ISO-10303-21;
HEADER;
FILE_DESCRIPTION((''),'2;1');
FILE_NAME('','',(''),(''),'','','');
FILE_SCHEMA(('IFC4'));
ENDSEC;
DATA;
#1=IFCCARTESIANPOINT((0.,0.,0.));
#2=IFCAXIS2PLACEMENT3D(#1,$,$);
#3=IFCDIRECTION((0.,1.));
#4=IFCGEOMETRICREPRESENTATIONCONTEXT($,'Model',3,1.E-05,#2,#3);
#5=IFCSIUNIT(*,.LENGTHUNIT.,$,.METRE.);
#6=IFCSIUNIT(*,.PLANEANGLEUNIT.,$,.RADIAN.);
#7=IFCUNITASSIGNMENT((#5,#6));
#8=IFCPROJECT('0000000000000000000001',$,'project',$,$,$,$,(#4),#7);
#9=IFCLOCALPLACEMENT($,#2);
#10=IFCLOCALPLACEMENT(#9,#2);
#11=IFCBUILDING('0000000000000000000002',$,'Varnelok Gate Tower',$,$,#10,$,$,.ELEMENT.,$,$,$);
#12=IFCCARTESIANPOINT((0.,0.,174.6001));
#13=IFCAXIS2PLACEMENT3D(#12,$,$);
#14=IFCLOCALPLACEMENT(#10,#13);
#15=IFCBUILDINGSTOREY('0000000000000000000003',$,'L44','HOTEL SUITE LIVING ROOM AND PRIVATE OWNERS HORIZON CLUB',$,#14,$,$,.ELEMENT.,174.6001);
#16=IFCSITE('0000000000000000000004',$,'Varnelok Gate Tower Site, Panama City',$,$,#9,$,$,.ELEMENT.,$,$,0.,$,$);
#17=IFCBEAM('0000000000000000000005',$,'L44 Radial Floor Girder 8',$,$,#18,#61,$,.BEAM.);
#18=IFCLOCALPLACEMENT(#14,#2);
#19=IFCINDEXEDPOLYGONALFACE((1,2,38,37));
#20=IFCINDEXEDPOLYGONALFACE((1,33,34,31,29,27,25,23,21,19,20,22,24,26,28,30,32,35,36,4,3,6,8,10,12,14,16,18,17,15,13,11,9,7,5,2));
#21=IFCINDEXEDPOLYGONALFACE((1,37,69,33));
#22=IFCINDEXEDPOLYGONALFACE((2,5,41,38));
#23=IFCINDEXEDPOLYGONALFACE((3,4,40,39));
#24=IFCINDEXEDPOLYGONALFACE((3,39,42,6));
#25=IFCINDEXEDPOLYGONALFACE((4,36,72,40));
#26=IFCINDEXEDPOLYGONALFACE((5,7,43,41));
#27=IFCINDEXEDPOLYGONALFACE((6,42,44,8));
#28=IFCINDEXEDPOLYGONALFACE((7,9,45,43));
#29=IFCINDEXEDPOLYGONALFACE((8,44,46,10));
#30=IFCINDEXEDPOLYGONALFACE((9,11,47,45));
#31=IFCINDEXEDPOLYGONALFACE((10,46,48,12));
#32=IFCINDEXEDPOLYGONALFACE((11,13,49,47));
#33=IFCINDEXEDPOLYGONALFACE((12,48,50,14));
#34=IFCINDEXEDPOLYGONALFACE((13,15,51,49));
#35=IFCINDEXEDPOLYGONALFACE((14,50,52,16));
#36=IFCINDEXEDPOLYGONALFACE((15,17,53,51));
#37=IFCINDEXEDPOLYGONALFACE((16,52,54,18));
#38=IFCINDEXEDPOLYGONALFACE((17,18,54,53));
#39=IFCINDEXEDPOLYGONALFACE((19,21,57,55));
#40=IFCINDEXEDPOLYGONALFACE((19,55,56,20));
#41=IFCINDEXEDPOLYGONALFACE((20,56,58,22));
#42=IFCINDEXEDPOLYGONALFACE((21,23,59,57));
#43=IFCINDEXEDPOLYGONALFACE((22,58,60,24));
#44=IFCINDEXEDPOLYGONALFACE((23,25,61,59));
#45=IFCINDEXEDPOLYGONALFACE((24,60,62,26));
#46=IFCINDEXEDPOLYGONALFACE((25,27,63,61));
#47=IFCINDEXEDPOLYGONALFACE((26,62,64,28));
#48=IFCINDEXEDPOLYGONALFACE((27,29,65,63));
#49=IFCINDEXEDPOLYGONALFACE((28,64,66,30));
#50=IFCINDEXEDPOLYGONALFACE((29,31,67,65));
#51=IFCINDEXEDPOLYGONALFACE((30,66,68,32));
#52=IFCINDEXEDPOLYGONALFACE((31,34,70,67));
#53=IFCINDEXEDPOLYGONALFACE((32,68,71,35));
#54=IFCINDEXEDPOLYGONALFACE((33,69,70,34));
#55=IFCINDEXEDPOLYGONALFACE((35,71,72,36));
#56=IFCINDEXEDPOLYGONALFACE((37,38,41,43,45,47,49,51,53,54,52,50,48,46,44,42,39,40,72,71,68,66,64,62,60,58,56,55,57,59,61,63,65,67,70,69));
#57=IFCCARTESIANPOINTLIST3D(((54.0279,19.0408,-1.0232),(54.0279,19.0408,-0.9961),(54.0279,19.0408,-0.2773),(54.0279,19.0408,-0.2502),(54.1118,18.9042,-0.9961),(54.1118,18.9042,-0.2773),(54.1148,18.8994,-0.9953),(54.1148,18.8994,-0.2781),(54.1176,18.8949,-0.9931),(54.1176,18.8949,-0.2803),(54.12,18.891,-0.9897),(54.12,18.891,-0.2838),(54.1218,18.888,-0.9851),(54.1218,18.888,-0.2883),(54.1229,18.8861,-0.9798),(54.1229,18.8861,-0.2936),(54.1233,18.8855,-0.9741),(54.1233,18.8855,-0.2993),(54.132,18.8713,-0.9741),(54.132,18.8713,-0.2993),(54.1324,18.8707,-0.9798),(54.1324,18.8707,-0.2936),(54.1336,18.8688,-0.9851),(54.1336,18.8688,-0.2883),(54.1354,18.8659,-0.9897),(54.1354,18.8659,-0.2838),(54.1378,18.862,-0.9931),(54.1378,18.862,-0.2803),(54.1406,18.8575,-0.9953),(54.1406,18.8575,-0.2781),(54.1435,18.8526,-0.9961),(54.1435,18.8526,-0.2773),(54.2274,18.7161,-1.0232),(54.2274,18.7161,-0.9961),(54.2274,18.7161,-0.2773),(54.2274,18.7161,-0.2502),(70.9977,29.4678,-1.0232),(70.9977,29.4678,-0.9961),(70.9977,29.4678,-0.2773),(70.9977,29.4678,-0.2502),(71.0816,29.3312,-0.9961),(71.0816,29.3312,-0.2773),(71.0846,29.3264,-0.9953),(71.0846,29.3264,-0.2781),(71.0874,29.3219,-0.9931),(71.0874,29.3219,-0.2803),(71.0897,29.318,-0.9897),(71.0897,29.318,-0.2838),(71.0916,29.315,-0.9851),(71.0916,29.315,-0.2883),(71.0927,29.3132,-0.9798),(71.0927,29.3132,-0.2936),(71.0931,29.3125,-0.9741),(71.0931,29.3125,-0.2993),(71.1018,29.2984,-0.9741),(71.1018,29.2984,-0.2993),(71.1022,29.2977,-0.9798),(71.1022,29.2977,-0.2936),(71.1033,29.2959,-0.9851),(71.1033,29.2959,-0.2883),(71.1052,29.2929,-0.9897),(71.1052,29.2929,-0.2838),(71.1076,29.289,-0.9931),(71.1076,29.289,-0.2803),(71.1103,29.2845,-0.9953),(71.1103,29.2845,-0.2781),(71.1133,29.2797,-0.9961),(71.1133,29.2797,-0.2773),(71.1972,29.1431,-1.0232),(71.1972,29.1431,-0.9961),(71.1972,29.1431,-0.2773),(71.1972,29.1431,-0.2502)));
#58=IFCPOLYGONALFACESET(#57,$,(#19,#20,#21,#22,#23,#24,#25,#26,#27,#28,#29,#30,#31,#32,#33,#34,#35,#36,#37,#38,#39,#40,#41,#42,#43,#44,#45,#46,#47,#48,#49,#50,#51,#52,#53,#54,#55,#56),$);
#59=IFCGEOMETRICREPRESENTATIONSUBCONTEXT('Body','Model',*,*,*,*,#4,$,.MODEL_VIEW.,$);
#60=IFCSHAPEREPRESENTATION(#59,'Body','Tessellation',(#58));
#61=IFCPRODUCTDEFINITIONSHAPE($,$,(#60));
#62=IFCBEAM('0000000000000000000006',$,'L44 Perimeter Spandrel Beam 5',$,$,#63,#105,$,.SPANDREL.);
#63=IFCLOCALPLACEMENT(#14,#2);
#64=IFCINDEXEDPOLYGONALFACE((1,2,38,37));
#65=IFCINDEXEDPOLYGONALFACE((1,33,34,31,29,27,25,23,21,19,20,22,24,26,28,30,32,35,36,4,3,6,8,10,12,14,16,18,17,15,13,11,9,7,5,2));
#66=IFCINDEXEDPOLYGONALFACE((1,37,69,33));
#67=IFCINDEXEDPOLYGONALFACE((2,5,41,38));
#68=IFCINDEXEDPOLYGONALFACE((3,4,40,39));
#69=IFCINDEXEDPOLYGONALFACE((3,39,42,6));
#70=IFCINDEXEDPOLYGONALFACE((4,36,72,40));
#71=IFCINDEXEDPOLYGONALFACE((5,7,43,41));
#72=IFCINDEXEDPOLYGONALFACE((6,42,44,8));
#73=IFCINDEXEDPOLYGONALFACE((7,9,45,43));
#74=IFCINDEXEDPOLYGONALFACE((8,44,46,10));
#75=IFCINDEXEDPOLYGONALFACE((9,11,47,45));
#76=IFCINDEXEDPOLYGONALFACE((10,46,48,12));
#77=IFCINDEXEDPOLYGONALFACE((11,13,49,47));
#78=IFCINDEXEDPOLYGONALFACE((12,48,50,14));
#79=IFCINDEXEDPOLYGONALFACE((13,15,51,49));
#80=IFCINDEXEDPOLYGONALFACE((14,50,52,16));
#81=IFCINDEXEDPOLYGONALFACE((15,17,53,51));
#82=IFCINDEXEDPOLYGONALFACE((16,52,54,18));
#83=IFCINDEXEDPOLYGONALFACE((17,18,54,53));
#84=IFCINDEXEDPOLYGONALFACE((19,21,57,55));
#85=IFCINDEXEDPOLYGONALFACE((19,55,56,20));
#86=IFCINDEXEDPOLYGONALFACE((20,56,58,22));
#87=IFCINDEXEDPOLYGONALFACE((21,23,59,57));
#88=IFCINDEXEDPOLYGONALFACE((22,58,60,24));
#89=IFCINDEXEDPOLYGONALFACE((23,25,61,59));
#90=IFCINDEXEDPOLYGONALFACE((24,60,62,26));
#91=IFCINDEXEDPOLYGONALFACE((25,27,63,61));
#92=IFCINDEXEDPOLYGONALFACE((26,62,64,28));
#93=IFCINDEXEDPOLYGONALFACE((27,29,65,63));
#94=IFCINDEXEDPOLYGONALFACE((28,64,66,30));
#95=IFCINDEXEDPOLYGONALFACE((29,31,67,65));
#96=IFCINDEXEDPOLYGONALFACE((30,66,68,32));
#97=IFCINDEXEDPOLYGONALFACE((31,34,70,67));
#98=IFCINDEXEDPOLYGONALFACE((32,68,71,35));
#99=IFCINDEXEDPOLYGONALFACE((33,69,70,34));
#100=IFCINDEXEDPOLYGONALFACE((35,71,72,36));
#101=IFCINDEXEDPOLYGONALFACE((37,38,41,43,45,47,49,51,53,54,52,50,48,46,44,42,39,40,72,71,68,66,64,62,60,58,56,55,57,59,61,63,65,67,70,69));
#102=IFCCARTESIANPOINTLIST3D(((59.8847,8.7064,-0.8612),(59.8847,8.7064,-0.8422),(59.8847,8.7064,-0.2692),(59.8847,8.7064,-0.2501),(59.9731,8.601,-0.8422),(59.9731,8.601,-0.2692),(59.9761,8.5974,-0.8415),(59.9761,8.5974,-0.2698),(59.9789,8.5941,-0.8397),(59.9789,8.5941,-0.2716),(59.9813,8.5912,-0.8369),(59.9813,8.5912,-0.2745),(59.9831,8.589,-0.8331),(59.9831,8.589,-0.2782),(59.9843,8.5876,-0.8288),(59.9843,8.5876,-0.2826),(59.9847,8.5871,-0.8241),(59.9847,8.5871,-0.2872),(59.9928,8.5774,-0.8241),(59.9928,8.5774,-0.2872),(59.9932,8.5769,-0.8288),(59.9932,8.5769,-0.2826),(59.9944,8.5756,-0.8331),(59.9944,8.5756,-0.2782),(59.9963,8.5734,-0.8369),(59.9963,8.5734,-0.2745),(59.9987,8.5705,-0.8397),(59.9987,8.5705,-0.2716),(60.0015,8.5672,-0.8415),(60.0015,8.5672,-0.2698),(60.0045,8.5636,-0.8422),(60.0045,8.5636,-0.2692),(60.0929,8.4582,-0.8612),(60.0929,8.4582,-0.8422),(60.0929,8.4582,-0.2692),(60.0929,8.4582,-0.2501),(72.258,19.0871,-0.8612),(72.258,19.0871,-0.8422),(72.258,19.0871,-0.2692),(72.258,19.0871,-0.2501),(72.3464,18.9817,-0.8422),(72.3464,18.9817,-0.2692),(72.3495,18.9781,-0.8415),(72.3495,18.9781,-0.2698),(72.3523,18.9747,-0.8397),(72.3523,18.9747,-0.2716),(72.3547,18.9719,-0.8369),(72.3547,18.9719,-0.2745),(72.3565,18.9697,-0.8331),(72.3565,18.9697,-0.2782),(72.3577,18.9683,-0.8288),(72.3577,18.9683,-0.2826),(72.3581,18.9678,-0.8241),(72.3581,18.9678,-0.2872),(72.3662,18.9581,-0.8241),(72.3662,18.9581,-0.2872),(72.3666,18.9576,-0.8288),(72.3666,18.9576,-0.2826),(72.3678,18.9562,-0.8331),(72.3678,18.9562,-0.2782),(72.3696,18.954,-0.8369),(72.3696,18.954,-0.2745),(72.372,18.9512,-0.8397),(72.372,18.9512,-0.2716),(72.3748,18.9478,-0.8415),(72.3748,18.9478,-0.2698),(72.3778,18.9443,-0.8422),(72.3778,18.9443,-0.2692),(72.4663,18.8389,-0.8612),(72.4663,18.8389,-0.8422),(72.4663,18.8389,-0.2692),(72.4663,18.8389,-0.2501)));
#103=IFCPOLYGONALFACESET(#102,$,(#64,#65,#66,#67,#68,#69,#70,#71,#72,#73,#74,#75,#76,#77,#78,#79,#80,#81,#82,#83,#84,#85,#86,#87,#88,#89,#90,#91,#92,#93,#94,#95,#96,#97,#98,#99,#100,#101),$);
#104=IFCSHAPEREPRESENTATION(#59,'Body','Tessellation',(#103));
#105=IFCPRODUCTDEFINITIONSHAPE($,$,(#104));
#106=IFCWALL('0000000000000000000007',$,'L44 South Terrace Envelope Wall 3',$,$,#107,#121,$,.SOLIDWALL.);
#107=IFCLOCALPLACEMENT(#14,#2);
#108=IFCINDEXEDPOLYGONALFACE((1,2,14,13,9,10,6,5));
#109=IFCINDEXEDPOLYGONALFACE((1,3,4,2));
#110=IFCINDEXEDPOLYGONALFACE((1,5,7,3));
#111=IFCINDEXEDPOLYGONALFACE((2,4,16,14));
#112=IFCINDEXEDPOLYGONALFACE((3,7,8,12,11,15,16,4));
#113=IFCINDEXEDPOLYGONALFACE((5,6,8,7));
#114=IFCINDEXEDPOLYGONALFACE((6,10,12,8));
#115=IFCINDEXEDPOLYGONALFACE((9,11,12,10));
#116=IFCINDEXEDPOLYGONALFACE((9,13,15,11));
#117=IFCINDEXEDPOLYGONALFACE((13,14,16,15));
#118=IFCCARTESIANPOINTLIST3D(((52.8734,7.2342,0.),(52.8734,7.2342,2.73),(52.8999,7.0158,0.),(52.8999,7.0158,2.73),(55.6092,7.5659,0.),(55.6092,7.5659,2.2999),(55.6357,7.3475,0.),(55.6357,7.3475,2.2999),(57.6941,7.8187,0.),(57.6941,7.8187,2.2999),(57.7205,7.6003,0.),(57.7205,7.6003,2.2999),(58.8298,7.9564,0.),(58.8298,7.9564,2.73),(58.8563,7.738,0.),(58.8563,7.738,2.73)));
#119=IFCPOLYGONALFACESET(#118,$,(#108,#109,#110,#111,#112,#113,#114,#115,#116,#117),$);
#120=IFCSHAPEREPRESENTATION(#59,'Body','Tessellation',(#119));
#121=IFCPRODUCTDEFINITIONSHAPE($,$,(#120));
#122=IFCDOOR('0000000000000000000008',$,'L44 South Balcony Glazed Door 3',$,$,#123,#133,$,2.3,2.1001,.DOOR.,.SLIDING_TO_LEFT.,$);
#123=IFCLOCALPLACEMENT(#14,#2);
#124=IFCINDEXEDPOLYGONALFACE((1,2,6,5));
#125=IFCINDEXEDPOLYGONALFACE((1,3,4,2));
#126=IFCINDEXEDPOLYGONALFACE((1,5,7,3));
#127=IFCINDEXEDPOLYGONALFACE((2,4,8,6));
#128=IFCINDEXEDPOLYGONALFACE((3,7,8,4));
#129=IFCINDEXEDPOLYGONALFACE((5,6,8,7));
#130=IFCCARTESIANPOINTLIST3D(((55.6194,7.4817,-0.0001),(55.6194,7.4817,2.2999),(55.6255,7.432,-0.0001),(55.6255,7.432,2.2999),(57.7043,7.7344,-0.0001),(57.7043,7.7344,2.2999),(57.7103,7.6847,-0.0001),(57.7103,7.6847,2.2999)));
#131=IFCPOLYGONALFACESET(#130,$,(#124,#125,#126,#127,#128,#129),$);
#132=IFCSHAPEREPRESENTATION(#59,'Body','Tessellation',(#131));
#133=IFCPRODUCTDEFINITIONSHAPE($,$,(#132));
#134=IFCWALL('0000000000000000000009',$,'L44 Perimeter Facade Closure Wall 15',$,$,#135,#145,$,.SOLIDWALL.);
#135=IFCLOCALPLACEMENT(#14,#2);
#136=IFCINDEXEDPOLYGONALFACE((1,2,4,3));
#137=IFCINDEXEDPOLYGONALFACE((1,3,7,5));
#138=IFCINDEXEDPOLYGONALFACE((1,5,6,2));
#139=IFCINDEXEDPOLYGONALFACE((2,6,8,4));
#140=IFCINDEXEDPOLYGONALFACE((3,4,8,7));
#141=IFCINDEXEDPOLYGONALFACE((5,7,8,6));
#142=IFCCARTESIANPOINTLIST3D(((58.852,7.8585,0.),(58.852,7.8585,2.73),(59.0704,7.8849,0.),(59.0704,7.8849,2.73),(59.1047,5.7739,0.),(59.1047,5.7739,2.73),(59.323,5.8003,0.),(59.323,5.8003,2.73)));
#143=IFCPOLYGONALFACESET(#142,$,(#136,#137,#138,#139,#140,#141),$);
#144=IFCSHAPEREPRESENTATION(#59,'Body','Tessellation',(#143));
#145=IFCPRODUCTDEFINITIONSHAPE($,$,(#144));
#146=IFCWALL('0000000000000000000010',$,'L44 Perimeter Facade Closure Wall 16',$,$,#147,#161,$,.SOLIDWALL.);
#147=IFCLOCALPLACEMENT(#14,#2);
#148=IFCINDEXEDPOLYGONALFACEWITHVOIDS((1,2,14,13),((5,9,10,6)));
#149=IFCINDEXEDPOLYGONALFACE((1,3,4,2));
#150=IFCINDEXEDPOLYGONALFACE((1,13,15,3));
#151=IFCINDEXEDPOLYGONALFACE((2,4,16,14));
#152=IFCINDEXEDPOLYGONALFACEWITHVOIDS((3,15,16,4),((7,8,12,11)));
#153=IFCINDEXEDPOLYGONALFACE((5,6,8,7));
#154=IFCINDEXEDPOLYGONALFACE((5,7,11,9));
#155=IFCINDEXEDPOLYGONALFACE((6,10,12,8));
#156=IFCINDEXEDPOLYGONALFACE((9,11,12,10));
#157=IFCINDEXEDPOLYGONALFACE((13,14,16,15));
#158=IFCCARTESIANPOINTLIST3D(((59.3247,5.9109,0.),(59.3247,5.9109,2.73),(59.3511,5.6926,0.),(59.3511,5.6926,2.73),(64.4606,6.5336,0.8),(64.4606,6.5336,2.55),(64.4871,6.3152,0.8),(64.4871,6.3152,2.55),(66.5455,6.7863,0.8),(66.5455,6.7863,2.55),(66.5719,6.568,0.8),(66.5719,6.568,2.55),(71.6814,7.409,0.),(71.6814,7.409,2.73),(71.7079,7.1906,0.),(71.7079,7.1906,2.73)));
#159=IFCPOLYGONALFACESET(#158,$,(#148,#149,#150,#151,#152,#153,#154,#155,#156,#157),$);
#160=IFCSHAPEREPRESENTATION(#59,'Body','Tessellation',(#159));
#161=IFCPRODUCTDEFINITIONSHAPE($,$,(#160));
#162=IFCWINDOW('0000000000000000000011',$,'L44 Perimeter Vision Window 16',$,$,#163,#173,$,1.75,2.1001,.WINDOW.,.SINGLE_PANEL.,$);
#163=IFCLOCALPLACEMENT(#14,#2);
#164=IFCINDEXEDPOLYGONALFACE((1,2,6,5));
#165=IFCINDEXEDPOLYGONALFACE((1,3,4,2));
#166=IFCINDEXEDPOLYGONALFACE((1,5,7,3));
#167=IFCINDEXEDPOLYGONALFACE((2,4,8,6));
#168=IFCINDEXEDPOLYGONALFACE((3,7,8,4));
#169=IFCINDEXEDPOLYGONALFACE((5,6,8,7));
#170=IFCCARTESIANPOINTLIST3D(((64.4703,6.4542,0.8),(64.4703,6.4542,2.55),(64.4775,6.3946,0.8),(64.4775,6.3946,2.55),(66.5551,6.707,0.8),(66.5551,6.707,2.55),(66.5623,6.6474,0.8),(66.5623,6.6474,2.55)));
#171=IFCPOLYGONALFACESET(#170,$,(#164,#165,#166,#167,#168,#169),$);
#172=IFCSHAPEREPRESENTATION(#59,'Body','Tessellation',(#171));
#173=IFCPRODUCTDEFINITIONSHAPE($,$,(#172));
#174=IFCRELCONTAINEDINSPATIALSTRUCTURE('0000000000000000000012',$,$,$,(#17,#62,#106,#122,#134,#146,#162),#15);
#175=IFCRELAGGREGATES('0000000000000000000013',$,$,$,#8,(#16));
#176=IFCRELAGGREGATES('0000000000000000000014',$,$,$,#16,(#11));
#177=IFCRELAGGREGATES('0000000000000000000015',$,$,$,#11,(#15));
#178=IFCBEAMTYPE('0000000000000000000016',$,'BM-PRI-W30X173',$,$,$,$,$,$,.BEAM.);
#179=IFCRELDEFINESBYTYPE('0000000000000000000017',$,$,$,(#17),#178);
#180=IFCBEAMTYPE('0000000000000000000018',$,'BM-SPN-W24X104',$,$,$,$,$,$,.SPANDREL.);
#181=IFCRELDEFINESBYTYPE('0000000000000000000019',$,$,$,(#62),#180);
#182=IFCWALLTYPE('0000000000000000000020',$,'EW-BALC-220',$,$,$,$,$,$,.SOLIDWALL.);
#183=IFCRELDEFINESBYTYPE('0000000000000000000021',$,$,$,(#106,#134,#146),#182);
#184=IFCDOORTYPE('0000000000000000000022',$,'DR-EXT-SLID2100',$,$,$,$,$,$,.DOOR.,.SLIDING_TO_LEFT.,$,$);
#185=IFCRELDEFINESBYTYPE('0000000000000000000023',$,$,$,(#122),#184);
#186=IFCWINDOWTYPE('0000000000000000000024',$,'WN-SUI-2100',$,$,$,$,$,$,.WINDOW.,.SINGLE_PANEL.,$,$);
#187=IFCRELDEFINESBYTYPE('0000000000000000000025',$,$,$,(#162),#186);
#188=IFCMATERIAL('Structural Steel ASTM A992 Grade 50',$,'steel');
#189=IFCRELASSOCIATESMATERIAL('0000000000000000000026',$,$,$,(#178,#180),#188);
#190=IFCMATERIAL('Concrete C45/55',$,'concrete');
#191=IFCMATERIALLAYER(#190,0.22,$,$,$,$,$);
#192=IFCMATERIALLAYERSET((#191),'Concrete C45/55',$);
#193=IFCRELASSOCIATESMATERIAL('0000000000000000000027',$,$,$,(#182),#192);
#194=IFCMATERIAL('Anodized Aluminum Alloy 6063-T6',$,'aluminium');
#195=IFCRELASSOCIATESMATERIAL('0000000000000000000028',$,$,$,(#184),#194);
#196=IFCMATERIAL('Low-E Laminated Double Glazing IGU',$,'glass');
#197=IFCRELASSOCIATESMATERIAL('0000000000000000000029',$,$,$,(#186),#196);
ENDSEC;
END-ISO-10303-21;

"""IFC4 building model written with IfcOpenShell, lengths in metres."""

from ifc_helpers import new_model, si_unit, direction, frame, frame_2d, origin, origin_2d, place, context, subcontext, project, spatial, rectangle, i_section, extrude, material, layer, layer_set, material_profile, profile_set, type_object, element, fill, save


model = new_model("IFC4")

# Units and contexts
model_context = context("Model", 3, precision=1e-05, world=origin(), true_north=direction((0.0, 1.0)))
body_context = subcontext(model_context, "Body", "Model", "MODEL_VIEW")
ifc_project = project(units=[si_unit("LENGTHUNIT", "METRE"), si_unit("PLANEANGLEUNIT", "RADIAN")], contexts=[model_context])

# Site, building, storey
site_placement = place(None, origin())
site = spatial("IfcSite", under=ifc_project, at=site_placement, Name="Varnelok Gate Tower Site, Panama City", CompositionType="ELEMENT", RefElevation=0.0)
building_placement = place(site_placement, origin())
building = spatial("IfcBuilding", under=site, at=building_placement, Name="Varnelok Gate Tower", CompositionType="ELEMENT")
storey_placement = place(building_placement, frame((0.0, 0.0, 174.6001)))
storey = spatial("IfcBuildingStorey", under=building, at=storey_placement, Name="L44", Description="HOTEL SUITE LIVING ROOM AND PRIVATE OWNERS HORIZON CLUB", CompositionType="ELEMENT", Elevation=174.6001)

# Shared definitions
ifc_material_1 = material(Name="Structural Steel ASTM A992 Grade 50", Category="steel")

# Beams
ifc_material_profile_1 = material_profile(ifc_material_1, i_section(OverallWidth=0.3811, OverallDepth=0.7729, WebThickness=0.0166, FlangeThickness=0.0271, FilletRadius=0.022, at=origin_2d()), Name="W30X173")
ifc_profile_set_1 = profile_set([ifc_material_profile_1], Name="Structural Steel ASTM A992 Grade 50")
beam_type_1 = type_object("IfcBeamType", Name="BM-PRI-W30X173", PredefinedType="BEAM", material=ifc_profile_set_1)
beam_1_placement = place(storey_placement, frame((54.1277, 18.8784, -0.6367), z_axis=(0.852015, 0.523518, 0.0), x_axis=(-0.523518, 0.852015, 0.0)))
element("IfcBeam", 1, at=beam_1_placement, inside=storey, type_object=beam_type_1, Name="L44 Radial Floor Girder 8", PredefinedType="BEAM", context=body_context, shape_type="SweptSolid", body=[
    extrude(i_section(OverallWidth=0.3811, OverallDepth=0.7729, WebThickness=0.0166, FlangeThickness=0.0271, FilletRadius=0.022, at=origin_2d()), origin(), (0.0, 0.0, 1.0), 19.9172),
])
ifc_material_profile_2 = material_profile(ifc_material_1, i_section(OverallWidth=0.324, OverallDepth=0.6111, WebThickness=0.0127, FlangeThickness=0.019, FilletRadius=0.0181, at=origin_2d()), Name="W24X104")
ifc_profile_set_2 = profile_set([ifc_material_profile_2], Name="Structural Steel ASTM A992 Grade 50")
beam_type_2 = type_object("IfcBeamType", Name="BM-SPN-W24X104", PredefinedType="SPANDREL", material=ifc_profile_set_2)
beam_2_placement = place(storey_placement, frame((59.9888, 8.5823, -0.5557), z_axis=(0.7661, 0.642722, 0.0), x_axis=(-0.642722, 0.7661, 0.0)))
element("IfcBeam", 2, at=beam_2_placement, inside=storey, type_object=beam_type_2, Name="L44 Perimeter Spandrel Beam 5", PredefinedType="SPANDREL", context=body_context, shape_type="SweptSolid", body=[
    extrude(i_section(OverallWidth=0.324, OverallDepth=0.6111, WebThickness=0.0127, FlangeThickness=0.019, FilletRadius=0.0181, at=origin_2d()), origin(), (0.0, 0.0, 1.0), 16.1511),
])

# Wall, opening, door
ifc_material_2 = material(Name="Concrete C45/55", Category="concrete")
ifc_layer_1 = layer(ifc_material_2, 0.22)
ifc_layer_set_1 = layer_set([ifc_layer_1], Name="Concrete C45/55")
wall_type_1 = type_object("IfcWallType", Name="EW-BALC-220", PredefinedType="SOLIDWALL", material=ifc_layer_set_1)
wall_1_placement = place(storey_placement, frame((58.843, 7.8472, 0.0), z_axis=(0.0, 0.0, 1.0), x_axis=(-0.99273, -0.120363, 0.0)))
wall_1 = element("IfcWall", 3, at=wall_1_placement, inside=storey, type_object=wall_type_1, Name="L44 South Terrace Envelope Wall 3", PredefinedType="SOLIDWALL", context=body_context, shape_type="SweptSolid", body=[
    extrude(rectangle(XDim=6.0, YDim=0.22, at=frame_2d((3.0, 0.0))), origin(), (0.0, 0.0, 1.0), 2.73),
])
opening_1_placement = place(wall_1_placement, frame((1.144, 0.0, 0.0)))
opening_1 = element("IfcOpeningElement", 4, at=opening_1_placement, cuts=wall_1, PredefinedType="OPENING", context=body_context, shape_type="SweptSolid", body=[
    extrude(rectangle(XDim=2.1001, YDim=2.3, at=frame_2d((1.05, 1.1499))), frame((0.0, 0.1199, 0.0), z_axis=(0.0, -1.0, 0.0), x_axis=(1.0, 0.0, 0.0)), (0.0, 0.0, 1.0), 0.24),
])
ifc_material_3 = material(Name="Anodized Aluminum Alloy 6063-T6", Category="aluminium")
door_type_1 = type_object("IfcDoorType", Name="DR-EXT-SLID2100", OperationType="SLIDING_TO_LEFT", PredefinedType="DOOR", material=ifc_material_3)
door_1_placement = place(opening_1_placement, origin())
door_1 = element("IfcDoor", 5, at=door_1_placement, inside=storey, type_object=door_type_1, Name="L44 South Balcony Glazed Door 3", OperationType="SLIDING_TO_LEFT", OverallHeight=2.3, OverallWidth=2.1001, PredefinedType="DOOR", context=body_context, shape_type="SweptSolid", body=[
    extrude(rectangle(XDim=2.1001, YDim=2.3, at=frame_2d((1.05, 1.1499))), frame((0.0, 0.0249, 0.0), z_axis=(0.0, -1.0, 0.0), x_axis=(1.0, 0.0, 0.0)), (0.0, 0.0, 1.0), 0.05),
])
fill(opening_1, door_1)

# Wall
wall_2_placement = place(storey_placement, frame((58.9612, 7.8716, 0.0), z_axis=(0.0, 0.0, 1.0), x_axis=(0.120328, -0.992734, 0.0)))
element("IfcWall", 6, at=wall_2_placement, inside=storey, type_object=wall_type_1, Name="L44 Perimeter Facade Closure Wall 15", PredefinedType="SOLIDWALL", context=body_context, shape_type="SweptSolid", body=[
    extrude(rectangle(XDim=2.0999, YDim=0.22, at=frame_2d((1.0498, 0.0))), origin(), (0.0, 0.0, 1.0), 2.73),
])

# Wall, opening, window
wall_3_placement = place(storey_placement, frame((59.3379, 5.8018, 0.0), z_axis=(0.0, 0.0, 1.0), x_axis=(0.992731, 0.120352, 0.0)))
wall_3 = element("IfcWall", 7, at=wall_3_placement, inside=storey, type_object=wall_type_1, Name="L44 Perimeter Facade Closure Wall 16", PredefinedType="SOLIDWALL", context=body_context, shape_type="SweptSolid", body=[
    extrude(rectangle(XDim=12.4473, YDim=0.22, at=frame_2d((6.2236, 0.0))), origin(), (0.0, 0.0, 1.0), 2.73),
])
opening_2_placement = place(wall_3_placement, frame((5.1736, 0.0, 0.8)))
opening_2 = element("IfcOpeningElement", 8, at=opening_2_placement, cuts=wall_3, PredefinedType="OPENING", context=body_context, shape_type="SweptSolid", body=[
    extrude(rectangle(XDim=2.1001, YDim=1.75, at=frame_2d((1.05, 0.875))), frame((0.0, 0.1199, 0.0), z_axis=(0.0, -1.0, 0.0), x_axis=(1.0, 0.0, 0.0)), (0.0, 0.0, 1.0), 0.24),
])
ifc_material_4 = material(Name="Low-E Laminated Double Glazing IGU", Category="glass")
window_type = type_object("IfcWindowType", Name="WN-SUI-2100", PartitioningType="SINGLE_PANEL", PredefinedType="WINDOW", material=ifc_material_4)
window_placement = place(opening_2_placement, origin())
window = element("IfcWindow", 9, at=window_placement, inside=storey, type_object=window_type, Name="L44 Perimeter Vision Window 16", OverallHeight=1.75, OverallWidth=2.1001, PartitioningType="SINGLE_PANEL", PredefinedType="WINDOW", context=body_context, shape_type="SweptSolid", body=[
    extrude(rectangle(XDim=2.1001, YDim=1.75, at=frame_2d((1.05, 0.875))), frame((0.0, 0.03, 0.0), z_axis=(0.0, -1.0, 0.0), x_axis=(1.0, 0.0, 0.0)), (0.0, 0.0, 1.0), 0.0601),
])
fill(opening_2, window)

save(model, "model.ifc")
